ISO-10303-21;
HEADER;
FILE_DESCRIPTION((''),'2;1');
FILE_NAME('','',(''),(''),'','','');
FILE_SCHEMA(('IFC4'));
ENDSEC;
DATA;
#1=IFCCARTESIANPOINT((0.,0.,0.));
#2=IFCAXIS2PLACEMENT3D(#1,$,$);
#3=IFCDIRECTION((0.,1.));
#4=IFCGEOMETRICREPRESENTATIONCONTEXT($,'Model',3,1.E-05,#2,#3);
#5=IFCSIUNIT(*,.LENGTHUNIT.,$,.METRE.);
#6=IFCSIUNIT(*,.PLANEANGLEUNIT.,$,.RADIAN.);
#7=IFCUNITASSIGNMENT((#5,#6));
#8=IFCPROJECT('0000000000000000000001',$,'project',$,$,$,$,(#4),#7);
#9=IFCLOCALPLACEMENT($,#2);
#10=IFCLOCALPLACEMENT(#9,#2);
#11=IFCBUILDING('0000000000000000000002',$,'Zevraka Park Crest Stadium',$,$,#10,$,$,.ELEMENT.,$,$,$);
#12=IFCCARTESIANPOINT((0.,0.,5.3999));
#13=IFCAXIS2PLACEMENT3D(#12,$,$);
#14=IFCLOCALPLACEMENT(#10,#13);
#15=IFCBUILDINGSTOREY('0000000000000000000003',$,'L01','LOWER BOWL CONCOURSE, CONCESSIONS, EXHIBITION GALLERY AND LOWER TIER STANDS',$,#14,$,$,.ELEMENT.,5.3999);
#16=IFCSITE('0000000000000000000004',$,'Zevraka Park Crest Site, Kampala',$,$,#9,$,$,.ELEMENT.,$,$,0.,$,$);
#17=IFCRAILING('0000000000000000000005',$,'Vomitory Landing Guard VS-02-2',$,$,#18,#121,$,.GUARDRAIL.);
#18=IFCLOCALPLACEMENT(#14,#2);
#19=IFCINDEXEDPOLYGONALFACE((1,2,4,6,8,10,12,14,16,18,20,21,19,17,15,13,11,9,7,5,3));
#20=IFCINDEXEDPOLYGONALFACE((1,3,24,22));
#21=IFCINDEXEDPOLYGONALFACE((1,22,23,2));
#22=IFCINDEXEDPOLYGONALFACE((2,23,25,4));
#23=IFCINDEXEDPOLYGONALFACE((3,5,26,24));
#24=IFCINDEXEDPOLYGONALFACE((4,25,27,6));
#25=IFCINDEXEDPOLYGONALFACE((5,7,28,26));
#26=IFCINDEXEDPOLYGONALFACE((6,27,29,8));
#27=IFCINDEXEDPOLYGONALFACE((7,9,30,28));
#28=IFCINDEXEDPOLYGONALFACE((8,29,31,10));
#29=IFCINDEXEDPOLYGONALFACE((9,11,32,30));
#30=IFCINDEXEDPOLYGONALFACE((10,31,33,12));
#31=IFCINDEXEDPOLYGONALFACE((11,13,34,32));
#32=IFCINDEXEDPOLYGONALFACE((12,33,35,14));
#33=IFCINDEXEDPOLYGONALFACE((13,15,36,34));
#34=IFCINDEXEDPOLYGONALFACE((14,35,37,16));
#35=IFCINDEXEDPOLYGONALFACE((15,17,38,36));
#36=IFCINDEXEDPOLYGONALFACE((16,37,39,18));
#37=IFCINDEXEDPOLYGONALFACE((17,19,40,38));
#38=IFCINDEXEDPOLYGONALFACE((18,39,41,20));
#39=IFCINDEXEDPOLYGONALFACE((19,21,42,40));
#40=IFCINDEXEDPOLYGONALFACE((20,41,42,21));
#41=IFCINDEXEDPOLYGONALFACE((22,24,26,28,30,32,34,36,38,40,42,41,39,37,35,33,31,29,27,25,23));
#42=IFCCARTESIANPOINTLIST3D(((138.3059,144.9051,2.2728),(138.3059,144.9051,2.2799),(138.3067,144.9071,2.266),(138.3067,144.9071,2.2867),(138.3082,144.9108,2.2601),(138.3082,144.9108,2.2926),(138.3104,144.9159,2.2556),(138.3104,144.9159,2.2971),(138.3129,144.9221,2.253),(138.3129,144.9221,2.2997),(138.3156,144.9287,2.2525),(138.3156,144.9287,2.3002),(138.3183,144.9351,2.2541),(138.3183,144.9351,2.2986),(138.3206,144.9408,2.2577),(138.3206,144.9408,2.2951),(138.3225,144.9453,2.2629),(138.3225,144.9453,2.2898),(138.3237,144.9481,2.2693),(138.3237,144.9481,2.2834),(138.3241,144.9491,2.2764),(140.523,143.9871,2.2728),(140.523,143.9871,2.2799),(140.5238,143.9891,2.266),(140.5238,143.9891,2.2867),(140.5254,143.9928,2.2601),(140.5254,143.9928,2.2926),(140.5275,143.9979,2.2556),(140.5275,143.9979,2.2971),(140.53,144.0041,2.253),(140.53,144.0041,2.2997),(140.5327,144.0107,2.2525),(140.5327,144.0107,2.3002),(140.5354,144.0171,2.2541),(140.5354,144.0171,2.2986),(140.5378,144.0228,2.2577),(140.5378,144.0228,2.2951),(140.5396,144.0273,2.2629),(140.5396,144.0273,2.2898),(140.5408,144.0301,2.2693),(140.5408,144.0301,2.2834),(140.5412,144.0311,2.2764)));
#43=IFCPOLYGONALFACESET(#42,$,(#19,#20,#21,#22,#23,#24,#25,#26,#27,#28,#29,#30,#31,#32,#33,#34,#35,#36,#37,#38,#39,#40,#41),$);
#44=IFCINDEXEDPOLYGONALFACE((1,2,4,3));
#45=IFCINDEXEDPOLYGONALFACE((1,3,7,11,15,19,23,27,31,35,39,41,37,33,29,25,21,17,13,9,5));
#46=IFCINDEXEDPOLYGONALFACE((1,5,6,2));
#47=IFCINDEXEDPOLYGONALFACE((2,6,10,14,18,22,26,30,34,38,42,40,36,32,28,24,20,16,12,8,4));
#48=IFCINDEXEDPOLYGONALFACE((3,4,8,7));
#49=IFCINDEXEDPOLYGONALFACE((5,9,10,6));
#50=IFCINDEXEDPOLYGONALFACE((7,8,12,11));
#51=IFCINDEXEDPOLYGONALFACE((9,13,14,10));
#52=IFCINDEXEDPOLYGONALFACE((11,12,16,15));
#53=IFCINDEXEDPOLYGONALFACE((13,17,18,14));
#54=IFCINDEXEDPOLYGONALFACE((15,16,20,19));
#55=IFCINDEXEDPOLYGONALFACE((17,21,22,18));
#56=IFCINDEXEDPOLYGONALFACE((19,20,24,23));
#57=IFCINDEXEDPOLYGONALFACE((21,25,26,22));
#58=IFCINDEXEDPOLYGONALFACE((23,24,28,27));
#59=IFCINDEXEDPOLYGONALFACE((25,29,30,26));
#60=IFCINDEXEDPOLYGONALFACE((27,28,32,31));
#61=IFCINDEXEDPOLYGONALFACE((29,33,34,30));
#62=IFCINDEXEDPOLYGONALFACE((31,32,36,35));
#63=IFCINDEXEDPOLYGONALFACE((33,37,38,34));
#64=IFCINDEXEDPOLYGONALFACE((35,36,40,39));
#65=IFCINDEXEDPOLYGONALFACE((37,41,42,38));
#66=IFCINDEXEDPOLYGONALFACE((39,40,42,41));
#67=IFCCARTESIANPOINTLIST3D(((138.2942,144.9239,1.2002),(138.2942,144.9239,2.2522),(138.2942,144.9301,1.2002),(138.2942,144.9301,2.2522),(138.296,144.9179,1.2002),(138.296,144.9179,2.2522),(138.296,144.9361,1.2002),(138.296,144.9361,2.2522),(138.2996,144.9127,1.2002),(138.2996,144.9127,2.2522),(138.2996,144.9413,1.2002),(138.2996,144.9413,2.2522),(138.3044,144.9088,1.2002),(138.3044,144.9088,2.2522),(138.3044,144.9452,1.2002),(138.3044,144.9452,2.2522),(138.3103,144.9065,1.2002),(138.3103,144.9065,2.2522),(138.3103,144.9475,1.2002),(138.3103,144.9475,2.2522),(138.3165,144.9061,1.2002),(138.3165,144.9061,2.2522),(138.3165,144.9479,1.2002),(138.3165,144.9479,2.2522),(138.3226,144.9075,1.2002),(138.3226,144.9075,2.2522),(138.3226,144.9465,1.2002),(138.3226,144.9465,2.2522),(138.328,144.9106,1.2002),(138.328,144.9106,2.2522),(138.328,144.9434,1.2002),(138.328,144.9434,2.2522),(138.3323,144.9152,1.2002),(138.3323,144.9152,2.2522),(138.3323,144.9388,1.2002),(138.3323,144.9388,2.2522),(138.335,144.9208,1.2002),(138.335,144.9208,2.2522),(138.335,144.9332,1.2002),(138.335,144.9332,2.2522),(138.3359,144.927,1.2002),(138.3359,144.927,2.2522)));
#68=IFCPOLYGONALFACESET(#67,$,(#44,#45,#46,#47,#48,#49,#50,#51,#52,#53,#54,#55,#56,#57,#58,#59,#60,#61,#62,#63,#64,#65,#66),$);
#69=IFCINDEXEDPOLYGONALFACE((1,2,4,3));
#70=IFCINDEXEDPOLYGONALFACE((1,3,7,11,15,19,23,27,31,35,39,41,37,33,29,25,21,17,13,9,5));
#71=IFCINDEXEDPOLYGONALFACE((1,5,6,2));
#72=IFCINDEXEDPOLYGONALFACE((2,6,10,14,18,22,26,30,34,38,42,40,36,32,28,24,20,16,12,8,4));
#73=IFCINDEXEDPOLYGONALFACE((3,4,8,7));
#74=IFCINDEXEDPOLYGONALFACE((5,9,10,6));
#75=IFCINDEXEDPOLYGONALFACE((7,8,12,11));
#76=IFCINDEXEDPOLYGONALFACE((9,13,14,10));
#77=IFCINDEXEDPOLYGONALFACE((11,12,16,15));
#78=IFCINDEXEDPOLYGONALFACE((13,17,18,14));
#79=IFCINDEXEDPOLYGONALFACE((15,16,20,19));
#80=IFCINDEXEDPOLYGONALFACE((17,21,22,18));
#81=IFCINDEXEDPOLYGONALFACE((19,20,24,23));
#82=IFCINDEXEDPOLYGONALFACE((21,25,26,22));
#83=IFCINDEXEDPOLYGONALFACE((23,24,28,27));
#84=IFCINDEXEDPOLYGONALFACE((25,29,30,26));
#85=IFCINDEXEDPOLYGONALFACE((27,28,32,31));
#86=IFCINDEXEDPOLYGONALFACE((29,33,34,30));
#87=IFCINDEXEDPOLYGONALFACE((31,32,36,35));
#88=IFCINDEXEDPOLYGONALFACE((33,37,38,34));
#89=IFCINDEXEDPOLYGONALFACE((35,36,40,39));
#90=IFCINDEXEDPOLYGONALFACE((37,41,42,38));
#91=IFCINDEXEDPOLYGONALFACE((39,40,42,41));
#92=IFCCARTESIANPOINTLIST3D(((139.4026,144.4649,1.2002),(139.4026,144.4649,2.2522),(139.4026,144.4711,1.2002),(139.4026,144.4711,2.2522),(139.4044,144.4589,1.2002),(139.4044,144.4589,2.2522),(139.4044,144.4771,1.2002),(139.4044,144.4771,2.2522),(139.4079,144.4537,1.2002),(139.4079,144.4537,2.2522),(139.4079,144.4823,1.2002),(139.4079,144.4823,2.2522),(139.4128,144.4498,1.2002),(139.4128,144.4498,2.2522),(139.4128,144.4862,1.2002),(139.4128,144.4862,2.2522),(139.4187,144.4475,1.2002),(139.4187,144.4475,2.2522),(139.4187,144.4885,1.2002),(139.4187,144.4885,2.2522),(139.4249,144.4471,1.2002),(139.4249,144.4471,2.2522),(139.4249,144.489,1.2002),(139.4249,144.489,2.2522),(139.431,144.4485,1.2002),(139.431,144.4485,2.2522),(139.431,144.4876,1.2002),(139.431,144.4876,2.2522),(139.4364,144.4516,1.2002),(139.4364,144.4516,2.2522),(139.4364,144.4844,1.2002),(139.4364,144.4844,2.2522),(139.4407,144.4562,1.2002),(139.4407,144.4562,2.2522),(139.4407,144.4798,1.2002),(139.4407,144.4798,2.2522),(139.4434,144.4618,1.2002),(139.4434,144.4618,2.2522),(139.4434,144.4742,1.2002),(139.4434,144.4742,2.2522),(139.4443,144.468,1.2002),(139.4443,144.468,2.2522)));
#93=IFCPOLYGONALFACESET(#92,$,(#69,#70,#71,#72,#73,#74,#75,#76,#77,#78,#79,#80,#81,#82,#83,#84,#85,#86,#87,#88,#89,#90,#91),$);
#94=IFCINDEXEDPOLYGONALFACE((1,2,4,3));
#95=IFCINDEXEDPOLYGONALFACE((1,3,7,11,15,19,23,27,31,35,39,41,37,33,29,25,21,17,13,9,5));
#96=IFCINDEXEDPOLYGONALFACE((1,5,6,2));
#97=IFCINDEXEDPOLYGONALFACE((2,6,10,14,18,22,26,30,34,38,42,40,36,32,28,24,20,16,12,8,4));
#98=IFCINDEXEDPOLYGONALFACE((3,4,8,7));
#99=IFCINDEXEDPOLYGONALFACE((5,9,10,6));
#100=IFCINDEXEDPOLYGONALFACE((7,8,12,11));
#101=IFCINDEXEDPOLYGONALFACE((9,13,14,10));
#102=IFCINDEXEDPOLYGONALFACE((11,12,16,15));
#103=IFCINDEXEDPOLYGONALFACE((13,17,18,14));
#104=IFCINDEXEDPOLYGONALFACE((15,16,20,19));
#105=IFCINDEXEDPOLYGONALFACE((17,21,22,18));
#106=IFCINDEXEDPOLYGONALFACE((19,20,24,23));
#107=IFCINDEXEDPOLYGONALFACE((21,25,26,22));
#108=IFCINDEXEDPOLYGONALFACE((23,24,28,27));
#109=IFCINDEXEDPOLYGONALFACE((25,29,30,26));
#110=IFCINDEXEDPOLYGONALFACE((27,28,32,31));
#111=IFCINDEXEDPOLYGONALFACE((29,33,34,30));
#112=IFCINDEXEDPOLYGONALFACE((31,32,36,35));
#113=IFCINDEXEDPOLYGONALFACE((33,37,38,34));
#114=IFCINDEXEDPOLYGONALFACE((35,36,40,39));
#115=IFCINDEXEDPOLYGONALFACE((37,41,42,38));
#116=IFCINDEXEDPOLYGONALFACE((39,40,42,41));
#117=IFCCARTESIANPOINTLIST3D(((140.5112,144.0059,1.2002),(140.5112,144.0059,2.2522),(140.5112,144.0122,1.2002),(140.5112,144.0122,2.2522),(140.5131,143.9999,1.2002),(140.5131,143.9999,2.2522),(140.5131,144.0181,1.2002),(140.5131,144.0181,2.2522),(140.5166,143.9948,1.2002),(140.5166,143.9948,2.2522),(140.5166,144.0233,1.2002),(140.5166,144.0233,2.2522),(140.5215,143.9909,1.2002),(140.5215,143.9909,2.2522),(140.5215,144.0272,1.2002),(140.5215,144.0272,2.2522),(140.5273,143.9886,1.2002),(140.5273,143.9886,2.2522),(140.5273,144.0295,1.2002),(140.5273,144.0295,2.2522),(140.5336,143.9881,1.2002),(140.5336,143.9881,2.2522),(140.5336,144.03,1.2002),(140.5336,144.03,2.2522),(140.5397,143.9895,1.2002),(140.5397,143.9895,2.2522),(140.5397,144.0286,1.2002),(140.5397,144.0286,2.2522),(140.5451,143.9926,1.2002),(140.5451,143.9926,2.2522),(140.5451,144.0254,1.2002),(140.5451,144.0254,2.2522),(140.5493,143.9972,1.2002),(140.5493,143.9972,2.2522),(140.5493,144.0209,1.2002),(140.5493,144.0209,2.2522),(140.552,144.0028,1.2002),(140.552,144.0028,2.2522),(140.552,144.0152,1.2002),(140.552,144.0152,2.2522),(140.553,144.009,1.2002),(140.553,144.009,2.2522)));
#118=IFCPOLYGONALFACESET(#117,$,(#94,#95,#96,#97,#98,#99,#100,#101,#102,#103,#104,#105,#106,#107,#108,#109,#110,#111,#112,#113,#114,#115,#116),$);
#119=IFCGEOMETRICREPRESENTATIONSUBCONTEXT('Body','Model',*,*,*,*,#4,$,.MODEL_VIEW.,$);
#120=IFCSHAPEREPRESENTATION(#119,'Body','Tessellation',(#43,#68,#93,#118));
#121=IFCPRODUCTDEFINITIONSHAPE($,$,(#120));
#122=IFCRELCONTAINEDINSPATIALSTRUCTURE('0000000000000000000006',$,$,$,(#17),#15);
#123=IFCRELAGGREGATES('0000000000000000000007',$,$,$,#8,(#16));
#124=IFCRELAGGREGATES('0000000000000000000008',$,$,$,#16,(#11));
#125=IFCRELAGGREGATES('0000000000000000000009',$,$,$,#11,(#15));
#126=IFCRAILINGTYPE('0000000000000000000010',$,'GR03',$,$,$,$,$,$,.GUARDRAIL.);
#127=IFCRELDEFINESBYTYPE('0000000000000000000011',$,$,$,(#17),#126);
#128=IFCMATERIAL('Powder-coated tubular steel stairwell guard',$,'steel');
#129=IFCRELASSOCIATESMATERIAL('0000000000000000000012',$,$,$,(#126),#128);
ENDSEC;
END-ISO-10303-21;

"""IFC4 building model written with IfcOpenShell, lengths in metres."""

from ifc_helpers import new_model, si_unit, direction, frame, origin, origin_2d, place, context, subcontext, project, spatial, circle, extrude, material, type_object, element, save


model = new_model("IFC4")

# Units and contexts
model_context = context("Model", 3, precision=1e-05, world=origin(), true_north=direction((0.0, 1.0)))
body_context = subcontext(model_context, "Body", "Model", "MODEL_VIEW")
ifc_project = project(units=[si_unit("LENGTHUNIT", "METRE"), si_unit("PLANEANGLEUNIT", "RADIAN")], contexts=[model_context])

# Site, building, storey
site_placement = place(None, origin())
site = spatial("IfcSite", under=ifc_project, at=site_placement, Name="Zevraka Park Crest Site, Kampala", CompositionType="ELEMENT", RefElevation=0.0)
building_placement = place(site_placement, origin())
building = spatial("IfcBuilding", under=site, at=building_placement, Name="Zevraka Park Crest Stadium", CompositionType="ELEMENT")
storey_placement = place(building_placement, frame((0.0, 0.0, 5.3999)))
storey = spatial("IfcBuildingStorey", under=building, at=storey_placement, Name="L01", Description="LOWER BOWL CONCOURSE, CONCESSIONS, EXHIBITION GALLERY AND LOWER TIER STANDS", CompositionType="ELEMENT", Elevation=5.3999)

# Railing
ifc_material_1 = material(Name="Powder-coated tubular steel stairwell guard", Category="steel")
railing_type_1 = type_object("IfcRailingType", Name="GR03", PredefinedType="GUARDRAIL", material=ifc_material_1)
railing_1_placement = place(storey_placement, frame((138.3149, 144.927, 1.2002)))
element("IfcRailing", 1, at=railing_1_placement, inside=storey, type_object=railing_type_1, Name="Vomitory Landing Guard VS-02-2", PredefinedType="GUARDRAIL", context=body_context, shape_type="SweptSolid", body=[
    extrude(circle(Radius=0.0239, at=origin_2d()), frame((0.0, 0.0, 1.0762), z_axis=(0.923933, -0.382555, 0.0), x_axis=(0.382555, 0.923933, 0.0)), (0.0, 0.0, 1.0), 2.3997),
    extrude(circle(Radius=0.021, at=origin_2d()), origin(), (0.0, 0.0, 1.0), 1.052),
    extrude(circle(Radius=0.021, at=origin_2d()), frame((1.1084, -0.459, 0.0)), (0.0, 0.0, 1.0), 1.052),
    extrude(circle(Radius=0.021, at=origin_2d()), frame((2.217, -0.918, 0.0)), (0.0, 0.0, 1.0), 1.052),
])

save(model, "model.ifc")
